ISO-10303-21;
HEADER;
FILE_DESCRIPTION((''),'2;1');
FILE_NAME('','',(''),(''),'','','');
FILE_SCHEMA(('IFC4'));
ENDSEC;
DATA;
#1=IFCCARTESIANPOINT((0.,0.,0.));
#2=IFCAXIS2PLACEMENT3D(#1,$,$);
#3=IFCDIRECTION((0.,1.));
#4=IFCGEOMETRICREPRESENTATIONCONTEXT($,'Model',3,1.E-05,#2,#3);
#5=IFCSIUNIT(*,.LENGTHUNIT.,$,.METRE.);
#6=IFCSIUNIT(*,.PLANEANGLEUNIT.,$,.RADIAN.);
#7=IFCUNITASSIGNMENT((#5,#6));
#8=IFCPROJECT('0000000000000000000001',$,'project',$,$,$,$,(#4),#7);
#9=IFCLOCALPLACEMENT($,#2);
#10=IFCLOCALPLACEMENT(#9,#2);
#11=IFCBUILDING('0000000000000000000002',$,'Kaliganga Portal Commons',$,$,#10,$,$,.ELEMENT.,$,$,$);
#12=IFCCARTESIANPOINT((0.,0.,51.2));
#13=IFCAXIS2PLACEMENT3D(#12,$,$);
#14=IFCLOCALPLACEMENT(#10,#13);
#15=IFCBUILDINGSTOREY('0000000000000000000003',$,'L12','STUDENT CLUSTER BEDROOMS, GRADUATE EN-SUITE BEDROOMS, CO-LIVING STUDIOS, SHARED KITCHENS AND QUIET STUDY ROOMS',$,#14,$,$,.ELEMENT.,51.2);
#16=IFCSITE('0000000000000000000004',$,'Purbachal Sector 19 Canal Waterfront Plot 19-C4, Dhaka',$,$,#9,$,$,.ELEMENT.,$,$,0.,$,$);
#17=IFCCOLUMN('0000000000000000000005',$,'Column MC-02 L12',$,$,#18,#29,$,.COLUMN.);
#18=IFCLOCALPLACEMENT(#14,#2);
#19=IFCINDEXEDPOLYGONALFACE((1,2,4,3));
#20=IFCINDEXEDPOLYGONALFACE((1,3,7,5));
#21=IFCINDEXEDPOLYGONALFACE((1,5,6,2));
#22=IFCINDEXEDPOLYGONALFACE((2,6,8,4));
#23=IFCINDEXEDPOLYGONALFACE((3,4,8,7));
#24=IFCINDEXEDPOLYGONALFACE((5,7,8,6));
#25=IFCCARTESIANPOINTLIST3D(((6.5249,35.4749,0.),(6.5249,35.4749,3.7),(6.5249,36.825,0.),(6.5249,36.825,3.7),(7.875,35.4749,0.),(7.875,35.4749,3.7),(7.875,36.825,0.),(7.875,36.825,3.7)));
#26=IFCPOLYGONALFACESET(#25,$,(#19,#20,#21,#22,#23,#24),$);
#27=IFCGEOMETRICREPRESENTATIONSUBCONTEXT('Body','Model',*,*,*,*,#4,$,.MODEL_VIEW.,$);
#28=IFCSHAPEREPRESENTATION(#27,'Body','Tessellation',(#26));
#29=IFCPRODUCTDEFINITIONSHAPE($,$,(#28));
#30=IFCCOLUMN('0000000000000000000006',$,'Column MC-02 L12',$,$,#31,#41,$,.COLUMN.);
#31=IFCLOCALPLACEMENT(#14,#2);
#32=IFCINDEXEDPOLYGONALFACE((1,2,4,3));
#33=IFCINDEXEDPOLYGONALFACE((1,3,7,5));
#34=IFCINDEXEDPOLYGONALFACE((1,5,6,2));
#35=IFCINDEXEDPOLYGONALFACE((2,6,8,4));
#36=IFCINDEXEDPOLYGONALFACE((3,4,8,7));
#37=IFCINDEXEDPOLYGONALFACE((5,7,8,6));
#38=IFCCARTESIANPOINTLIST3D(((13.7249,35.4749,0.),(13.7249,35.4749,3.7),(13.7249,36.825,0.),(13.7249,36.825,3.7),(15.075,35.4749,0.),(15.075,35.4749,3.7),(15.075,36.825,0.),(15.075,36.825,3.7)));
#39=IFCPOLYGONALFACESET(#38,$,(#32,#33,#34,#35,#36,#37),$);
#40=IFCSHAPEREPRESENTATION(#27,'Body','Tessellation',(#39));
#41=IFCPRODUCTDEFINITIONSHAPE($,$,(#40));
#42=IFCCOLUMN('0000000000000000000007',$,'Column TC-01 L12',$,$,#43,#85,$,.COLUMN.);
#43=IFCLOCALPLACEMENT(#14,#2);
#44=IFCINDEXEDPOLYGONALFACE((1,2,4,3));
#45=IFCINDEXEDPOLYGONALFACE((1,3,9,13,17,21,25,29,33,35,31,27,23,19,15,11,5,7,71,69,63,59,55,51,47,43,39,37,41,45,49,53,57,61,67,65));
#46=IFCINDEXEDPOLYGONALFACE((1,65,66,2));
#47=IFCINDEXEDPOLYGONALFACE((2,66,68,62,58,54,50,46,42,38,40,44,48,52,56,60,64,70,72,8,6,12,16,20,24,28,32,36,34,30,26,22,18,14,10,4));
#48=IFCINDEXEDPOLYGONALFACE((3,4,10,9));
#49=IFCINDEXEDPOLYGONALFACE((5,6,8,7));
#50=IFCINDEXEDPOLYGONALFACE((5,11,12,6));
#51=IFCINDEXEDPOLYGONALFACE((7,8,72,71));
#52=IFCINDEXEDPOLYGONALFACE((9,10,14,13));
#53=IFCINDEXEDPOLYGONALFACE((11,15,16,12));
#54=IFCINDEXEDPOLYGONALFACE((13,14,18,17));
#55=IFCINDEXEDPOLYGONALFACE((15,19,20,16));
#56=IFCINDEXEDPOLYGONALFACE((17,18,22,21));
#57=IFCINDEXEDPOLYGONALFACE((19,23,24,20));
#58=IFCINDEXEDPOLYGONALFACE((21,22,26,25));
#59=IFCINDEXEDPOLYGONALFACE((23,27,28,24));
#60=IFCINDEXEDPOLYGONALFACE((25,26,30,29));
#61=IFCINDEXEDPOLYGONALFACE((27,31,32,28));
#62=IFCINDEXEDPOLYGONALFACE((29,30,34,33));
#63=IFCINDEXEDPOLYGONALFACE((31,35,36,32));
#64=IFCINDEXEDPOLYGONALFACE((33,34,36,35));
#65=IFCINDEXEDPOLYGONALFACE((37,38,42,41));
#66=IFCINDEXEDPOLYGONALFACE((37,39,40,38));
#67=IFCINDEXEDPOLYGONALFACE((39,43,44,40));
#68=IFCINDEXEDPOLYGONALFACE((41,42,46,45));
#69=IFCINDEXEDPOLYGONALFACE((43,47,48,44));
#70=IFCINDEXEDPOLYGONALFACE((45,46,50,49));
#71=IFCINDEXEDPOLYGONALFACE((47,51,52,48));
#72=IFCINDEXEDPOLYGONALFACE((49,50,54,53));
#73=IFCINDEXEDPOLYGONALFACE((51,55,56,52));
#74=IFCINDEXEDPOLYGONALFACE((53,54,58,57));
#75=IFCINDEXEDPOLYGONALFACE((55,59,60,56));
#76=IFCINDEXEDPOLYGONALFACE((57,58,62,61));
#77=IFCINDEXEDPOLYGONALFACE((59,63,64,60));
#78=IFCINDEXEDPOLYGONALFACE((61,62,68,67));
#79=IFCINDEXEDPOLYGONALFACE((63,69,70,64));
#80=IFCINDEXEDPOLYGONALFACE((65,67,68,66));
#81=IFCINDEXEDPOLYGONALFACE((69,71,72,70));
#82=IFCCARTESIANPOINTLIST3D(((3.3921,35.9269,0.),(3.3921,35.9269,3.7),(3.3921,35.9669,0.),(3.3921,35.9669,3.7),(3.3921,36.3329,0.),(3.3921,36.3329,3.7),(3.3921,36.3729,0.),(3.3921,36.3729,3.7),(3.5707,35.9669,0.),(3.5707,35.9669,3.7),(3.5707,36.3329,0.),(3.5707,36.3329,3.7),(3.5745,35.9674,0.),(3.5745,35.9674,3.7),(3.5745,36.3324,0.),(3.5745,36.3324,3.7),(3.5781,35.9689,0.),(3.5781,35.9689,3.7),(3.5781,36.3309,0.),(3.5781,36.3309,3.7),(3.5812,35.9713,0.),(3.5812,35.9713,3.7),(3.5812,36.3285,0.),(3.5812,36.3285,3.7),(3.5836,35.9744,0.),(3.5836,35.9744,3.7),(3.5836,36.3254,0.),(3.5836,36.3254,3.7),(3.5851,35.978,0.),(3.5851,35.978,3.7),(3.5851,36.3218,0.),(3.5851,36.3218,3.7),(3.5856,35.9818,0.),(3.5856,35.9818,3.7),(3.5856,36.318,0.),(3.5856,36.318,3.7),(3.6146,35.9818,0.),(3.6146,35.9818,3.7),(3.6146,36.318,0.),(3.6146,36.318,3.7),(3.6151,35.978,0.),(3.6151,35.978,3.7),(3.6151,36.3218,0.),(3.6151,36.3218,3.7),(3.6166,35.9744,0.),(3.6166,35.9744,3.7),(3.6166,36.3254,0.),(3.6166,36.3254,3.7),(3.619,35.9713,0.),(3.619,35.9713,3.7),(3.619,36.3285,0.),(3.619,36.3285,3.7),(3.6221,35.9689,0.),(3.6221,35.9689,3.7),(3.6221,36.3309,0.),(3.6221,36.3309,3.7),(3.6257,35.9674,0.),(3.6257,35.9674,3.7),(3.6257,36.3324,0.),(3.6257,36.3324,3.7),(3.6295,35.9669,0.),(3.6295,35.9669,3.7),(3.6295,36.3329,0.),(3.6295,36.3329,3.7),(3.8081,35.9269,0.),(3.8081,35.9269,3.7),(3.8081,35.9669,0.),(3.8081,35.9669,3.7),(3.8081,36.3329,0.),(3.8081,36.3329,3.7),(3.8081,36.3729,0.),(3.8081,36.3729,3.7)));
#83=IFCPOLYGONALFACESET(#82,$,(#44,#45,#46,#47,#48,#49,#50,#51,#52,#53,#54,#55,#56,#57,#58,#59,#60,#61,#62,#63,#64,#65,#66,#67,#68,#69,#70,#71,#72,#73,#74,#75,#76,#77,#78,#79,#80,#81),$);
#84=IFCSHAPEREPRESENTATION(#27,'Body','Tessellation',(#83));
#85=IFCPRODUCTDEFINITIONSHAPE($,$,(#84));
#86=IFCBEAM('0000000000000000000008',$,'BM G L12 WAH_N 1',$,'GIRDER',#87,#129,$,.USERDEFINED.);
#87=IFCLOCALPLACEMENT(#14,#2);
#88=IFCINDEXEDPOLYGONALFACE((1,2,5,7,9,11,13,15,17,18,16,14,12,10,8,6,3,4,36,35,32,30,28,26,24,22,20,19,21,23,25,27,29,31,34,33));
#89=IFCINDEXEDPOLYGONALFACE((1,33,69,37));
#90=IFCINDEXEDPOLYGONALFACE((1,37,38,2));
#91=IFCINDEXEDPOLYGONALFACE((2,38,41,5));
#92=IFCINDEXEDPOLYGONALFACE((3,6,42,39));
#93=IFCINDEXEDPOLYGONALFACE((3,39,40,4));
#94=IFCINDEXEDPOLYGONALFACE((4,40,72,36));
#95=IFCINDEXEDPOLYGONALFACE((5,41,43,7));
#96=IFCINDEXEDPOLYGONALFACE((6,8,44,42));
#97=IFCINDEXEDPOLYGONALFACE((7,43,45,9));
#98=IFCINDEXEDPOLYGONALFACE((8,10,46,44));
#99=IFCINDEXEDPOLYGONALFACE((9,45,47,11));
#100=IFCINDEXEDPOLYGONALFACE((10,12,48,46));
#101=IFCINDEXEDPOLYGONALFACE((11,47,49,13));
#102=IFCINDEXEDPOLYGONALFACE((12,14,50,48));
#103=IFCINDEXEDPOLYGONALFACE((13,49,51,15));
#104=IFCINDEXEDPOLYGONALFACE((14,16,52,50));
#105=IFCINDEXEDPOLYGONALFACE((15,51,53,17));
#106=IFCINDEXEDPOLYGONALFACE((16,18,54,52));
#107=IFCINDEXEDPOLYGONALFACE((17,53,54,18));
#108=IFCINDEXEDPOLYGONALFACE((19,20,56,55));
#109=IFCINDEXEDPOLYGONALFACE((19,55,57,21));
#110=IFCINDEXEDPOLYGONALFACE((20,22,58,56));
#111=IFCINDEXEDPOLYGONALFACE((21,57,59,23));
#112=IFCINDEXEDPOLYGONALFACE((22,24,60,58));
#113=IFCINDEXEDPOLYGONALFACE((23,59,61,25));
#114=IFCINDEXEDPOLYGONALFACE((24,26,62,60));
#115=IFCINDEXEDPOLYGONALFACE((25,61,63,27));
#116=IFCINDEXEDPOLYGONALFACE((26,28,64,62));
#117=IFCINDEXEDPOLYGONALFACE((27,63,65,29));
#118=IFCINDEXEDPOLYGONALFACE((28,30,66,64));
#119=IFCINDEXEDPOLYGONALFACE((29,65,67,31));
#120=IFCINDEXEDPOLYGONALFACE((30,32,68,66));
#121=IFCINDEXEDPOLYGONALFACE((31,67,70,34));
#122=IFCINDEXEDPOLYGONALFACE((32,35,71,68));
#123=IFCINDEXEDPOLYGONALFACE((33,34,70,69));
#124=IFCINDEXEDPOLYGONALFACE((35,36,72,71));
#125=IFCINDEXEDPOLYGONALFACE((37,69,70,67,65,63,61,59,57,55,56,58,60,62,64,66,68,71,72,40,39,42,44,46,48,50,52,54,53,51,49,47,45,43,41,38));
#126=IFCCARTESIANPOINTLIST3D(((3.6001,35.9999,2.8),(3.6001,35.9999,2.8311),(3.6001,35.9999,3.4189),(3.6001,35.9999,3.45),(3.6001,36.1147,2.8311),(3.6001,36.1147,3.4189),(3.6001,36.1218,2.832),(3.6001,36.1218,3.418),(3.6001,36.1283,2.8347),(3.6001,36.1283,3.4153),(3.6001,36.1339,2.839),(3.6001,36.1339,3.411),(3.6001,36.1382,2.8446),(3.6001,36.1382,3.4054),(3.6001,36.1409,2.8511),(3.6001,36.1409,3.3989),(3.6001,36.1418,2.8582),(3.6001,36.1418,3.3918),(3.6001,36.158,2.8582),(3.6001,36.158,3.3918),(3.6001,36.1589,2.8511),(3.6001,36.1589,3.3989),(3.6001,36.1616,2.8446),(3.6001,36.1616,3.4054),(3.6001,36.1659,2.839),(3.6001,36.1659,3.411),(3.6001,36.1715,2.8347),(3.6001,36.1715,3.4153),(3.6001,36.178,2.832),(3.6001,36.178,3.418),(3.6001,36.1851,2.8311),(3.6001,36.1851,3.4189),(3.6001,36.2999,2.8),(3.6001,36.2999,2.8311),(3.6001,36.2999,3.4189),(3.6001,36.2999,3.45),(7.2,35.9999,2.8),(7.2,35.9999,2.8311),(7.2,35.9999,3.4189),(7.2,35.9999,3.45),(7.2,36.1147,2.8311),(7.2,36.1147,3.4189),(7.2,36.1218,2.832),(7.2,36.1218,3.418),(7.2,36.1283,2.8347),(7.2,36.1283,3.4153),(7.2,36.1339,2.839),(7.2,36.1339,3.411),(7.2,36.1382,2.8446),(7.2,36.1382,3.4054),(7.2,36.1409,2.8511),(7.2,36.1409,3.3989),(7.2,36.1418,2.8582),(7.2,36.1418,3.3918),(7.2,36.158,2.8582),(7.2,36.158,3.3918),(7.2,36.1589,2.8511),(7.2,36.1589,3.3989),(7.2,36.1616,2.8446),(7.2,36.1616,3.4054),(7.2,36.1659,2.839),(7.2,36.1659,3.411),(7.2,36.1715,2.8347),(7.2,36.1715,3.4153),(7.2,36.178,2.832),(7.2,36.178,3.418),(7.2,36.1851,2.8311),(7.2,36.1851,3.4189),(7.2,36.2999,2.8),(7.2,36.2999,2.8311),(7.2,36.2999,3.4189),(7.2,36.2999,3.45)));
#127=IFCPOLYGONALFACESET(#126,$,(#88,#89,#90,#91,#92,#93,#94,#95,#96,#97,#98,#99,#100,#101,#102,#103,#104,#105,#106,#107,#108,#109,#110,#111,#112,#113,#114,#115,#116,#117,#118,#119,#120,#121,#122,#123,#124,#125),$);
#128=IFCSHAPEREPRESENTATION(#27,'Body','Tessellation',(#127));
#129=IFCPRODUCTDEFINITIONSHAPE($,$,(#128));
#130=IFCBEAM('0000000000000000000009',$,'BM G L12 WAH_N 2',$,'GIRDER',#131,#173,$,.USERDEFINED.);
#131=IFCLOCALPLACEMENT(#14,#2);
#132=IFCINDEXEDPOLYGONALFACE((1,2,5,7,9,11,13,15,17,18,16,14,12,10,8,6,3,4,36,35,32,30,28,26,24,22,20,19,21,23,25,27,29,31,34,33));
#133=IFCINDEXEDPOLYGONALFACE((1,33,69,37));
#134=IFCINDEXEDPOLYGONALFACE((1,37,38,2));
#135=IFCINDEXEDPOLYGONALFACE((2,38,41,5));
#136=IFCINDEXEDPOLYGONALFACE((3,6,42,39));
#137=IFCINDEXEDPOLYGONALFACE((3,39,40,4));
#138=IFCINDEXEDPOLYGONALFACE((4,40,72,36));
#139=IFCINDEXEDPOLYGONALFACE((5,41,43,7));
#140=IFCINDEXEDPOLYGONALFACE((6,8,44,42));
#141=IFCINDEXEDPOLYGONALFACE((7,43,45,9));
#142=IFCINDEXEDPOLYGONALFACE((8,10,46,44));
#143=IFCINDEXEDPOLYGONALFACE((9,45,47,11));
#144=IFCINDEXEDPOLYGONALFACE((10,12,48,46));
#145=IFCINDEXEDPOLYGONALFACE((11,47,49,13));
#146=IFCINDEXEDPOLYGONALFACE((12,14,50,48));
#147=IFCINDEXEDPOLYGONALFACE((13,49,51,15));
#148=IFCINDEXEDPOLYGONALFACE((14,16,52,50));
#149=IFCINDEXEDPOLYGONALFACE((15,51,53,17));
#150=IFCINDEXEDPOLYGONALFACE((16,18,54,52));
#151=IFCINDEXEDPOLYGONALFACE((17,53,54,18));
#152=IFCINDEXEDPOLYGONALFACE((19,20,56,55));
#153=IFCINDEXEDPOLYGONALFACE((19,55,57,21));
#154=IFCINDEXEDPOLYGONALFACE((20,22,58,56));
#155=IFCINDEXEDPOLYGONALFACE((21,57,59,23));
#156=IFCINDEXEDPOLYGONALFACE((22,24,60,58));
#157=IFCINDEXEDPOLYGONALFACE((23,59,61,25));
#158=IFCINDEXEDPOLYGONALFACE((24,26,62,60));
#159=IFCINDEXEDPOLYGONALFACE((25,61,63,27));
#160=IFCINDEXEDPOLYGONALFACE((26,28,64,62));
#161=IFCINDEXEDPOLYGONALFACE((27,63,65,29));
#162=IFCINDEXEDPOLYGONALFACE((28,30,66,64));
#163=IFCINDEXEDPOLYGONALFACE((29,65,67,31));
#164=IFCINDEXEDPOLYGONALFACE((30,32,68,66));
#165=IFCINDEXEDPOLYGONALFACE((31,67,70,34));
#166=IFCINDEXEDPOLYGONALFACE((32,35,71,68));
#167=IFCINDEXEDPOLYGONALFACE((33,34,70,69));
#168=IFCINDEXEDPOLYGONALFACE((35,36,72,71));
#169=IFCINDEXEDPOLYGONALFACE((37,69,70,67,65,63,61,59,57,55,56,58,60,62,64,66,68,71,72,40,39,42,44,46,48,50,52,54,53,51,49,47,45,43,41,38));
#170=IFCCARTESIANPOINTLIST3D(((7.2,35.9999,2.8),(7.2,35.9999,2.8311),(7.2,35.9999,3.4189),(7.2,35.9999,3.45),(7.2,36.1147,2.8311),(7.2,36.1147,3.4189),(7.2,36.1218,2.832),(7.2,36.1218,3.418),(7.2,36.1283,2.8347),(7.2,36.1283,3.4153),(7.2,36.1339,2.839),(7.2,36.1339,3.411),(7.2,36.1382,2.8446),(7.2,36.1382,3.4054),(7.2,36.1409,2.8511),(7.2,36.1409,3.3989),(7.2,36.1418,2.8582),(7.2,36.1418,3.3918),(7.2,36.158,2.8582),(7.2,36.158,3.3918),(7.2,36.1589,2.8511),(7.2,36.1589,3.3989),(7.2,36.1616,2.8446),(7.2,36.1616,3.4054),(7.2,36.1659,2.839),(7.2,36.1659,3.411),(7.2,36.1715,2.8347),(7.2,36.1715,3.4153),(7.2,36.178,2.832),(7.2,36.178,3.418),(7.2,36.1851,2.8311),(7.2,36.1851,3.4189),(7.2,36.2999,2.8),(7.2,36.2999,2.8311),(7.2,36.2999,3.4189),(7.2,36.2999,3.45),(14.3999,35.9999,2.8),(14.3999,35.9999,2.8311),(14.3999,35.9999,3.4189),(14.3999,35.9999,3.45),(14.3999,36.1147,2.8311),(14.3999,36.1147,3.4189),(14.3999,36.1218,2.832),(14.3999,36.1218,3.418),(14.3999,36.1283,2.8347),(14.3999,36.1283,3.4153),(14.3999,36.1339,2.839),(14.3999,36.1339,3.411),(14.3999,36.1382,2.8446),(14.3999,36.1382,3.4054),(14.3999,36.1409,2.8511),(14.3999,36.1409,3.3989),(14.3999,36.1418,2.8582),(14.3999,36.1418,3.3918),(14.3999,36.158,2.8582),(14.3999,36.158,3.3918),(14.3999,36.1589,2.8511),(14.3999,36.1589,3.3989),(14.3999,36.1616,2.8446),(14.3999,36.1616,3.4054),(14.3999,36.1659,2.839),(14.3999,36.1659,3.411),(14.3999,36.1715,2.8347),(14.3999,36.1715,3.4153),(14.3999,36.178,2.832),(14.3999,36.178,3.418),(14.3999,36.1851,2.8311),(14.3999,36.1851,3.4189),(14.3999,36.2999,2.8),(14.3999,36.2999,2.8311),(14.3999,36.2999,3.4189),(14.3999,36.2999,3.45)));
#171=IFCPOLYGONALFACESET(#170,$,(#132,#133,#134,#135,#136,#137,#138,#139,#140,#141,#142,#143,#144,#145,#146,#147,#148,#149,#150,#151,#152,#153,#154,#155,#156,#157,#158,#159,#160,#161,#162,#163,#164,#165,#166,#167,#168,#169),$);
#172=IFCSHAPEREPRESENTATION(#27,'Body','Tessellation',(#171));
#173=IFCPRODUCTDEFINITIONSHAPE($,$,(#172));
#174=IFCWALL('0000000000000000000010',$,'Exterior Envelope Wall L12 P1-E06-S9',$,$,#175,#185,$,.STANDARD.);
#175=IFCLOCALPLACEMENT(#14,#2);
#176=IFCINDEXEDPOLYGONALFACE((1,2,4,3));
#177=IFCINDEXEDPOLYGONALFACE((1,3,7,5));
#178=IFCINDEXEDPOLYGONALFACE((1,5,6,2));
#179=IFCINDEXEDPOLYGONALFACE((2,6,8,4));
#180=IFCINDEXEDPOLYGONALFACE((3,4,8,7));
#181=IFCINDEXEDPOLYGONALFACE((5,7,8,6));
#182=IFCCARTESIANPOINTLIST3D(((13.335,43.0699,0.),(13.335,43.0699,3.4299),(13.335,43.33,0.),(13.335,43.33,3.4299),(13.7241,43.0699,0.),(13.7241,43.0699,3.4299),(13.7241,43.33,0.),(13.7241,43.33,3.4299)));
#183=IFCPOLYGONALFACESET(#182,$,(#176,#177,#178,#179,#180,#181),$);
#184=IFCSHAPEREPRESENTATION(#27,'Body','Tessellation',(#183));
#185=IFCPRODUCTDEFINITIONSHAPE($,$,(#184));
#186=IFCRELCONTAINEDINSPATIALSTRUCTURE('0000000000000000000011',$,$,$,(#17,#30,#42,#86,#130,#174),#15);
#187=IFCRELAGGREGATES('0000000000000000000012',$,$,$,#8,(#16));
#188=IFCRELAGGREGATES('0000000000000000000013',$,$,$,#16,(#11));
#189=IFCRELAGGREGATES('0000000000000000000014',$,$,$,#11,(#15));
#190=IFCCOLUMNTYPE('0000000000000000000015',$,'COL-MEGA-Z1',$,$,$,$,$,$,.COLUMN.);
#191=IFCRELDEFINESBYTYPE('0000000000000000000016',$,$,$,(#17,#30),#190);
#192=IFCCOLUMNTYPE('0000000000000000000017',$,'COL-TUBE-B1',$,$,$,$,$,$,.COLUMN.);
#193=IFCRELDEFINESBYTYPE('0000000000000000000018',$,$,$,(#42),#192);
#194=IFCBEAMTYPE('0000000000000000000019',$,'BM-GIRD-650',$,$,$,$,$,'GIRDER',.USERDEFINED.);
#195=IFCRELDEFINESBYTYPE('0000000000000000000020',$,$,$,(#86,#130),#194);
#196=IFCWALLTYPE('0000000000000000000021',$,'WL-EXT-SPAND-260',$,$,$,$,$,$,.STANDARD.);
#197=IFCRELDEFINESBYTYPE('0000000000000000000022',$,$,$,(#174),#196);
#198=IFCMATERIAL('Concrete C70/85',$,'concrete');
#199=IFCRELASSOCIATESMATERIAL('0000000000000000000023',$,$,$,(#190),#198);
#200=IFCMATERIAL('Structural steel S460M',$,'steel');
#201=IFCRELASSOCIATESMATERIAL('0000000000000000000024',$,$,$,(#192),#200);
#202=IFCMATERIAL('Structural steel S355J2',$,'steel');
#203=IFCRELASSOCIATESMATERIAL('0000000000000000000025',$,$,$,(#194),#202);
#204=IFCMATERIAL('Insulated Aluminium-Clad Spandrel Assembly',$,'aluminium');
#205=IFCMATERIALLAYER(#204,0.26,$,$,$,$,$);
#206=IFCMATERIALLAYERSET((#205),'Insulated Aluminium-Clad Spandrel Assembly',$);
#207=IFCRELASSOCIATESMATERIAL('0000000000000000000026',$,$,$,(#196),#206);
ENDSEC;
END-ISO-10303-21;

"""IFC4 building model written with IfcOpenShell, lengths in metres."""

from ifc_helpers import new_model, si_unit, direction, frame, frame_2d, origin, origin_2d, place, context, subcontext, project, spatial, rectangle, i_section, extrude, source, transform, mapped, material, layer, layer_set, material_profile, profile_set, type_object, element, save


model = new_model("IFC4")

# Units and contexts
model_context = context("Model", 3, precision=1e-05, world=origin(), true_north=direction((0.0, 1.0)))
body_context = subcontext(model_context, "Body", "Model", "MODEL_VIEW")
ifc_project = project(units=[si_unit("LENGTHUNIT", "METRE"), si_unit("PLANEANGLEUNIT", "RADIAN")], contexts=[model_context])

# Site, building, storey
site_placement = place(None, origin())
site = spatial("IfcSite", under=ifc_project, at=site_placement, Name="Purbachal Sector 19 Canal Waterfront Plot 19-C4, Dhaka", CompositionType="ELEMENT", RefElevation=0.0)
building_placement = place(site_placement, origin())
building = spatial("IfcBuilding", under=site, at=building_placement, Name="Kaliganga Portal Commons", CompositionType="ELEMENT")
storey_placement = place(building_placement, frame((0.0, 0.0, 51.2)))
storey = spatial("IfcBuildingStorey", under=building, at=storey_placement, Name="L12", Description="STUDENT CLUSTER BEDROOMS, GRADUATE EN-SUITE BEDROOMS, CO-LIVING STUDIOS, SHARED KITCHENS AND QUIET STUDY ROOMS", CompositionType="ELEMENT", Elevation=51.2)

# Columns
ifc_material_1 = material(Name="Concrete C70/85", Category="concrete")
ifc_material_profile_1 = material_profile(ifc_material_1, rectangle(XDim=1.3501, YDim=1.3501, at=origin_2d()), Name="RC 1350x1350")
ifc_profile_set_1 = profile_set([ifc_material_profile_1], Name="Concrete C70/85")
column_type_1 = type_object("IfcColumnType", Name="COL-MEGA-Z1", PredefinedType="COLUMN", material=ifc_profile_set_1)
shared_shape_1 = source(origin(), body_context, "Body", "SweptSolid", [
    extrude(rectangle(XDim=1.3501, YDim=1.3501, at=origin_2d()), origin(), (0.0, 0.0, 1.0), 3.7),
])
for number, where, z_axis, x_axis, name in (
    (1, (7.2, 36.1499, 0.0), (0.0, 0.0, 1.0), (1.0, 0.0, 0.0), "Column MC-02 L12"),
    (2, (14.3999, 36.1499, 0.0), (0.0, 0.0, 1.0), (1.0, 0.0, 0.0), "Column MC-02 L12"),
):
    element("IfcColumn", number, at=place(storey_placement, frame(where, z_axis=z_axis, x_axis=x_axis)), inside=storey, type_object=column_type_1, Name=name, PredefinedType="COLUMN", context=body_context, shape_type="MappedRepresentation", body=[
        mapped(shared_shape_1, transform((0.0, 0.0, 0.0), x_axis=(1.0, 0.0, 0.0), y_axis=(0.0, 1.0, 0.0), z_axis=(0.0, 0.0, 1.0), scale=1.0)),
    ])
ifc_material_2 = material(Name="Structural steel S460M", Category="steel")
ifc_material_profile_2 = material_profile(ifc_material_2, i_section(OverallWidth=0.416, OverallDepth=0.446, WebThickness=0.0291, FlangeThickness=0.04, FilletRadius=0.0149, at=origin_2d()), Name="HD 400x509")
ifc_profile_set_2 = profile_set([ifc_material_profile_2], Name="Structural steel S460M wide-flange")
column_type_2 = type_object("IfcColumnType", Name="COL-TUBE-B1", PredefinedType="COLUMN", material=ifc_profile_set_2)
shared_shape_2 = source(origin(), body_context, "Body", "SweptSolid", [
    extrude(i_section(OverallWidth=0.416, OverallDepth=0.446, WebThickness=0.0291, FlangeThickness=0.04, FilletRadius=0.0149, at=origin_2d()), origin(), (0.0, 0.0, 1.0), 3.7),
])
column_placement = place(storey_placement, frame((3.6001, 36.1499, 0.0), z_axis=(0.0, 0.0, 1.0), x_axis=(1.0, 0.0, 0.0)))
element("IfcColumn", 3, at=column_placement, inside=storey, type_object=column_type_2, Name="Column TC-01 L12", PredefinedType="COLUMN", context=body_context, shape_type="MappedRepresentation", body=[
    mapped(shared_shape_2, transform((0.0, 0.0, 0.0), x_axis=(1.0, 0.0, 0.0), y_axis=(0.0, 1.0, 0.0), z_axis=(0.0, 0.0, 1.0), scale=1.0)),
])

# Beams
ifc_material_3 = material(Name="Structural steel S355J2", Category="steel")
ifc_material_profile_3 = material_profile(ifc_material_3, i_section(OverallWidth=0.3, OverallDepth=0.6499, WebThickness=0.0161, FlangeThickness=0.031, FilletRadius=0.0271, at=origin_2d()), Name="HE 650 B")
ifc_profile_set_3 = profile_set([ifc_material_profile_3], Name="Structural steel S355J2 wide-flange")
beam_type = type_object("IfcBeamType", Name="BM-GIRD-650", ElementType="GIRDER", PredefinedType="USERDEFINED", material=ifc_profile_set_3)
shared_shape_3 = source(origin(), body_context, "Body", "SweptSolid", [
    extrude(i_section(OverallWidth=0.3, OverallDepth=0.6499, WebThickness=0.0161, FlangeThickness=0.031, FilletRadius=0.0271, at=origin_2d()), origin(), (0.0, 0.0, 1.0), 3.5999),
])
beam_1_placement = place(storey_placement, frame((3.6001, 36.1499, 3.125), z_axis=(1.0, 0.0, 0.0), x_axis=(0.0, 1.0, 0.0)))
element("IfcBeam", 4, at=beam_1_placement, inside=storey, type_object=beam_type, Name="BM G L12 WAH_N 1", ObjectType="GIRDER", PredefinedType="USERDEFINED", context=body_context, shape_type="MappedRepresentation", body=[
    mapped(shared_shape_3, transform((0.0, 0.0, 0.0), x_axis=(1.0, 0.0, 0.0), y_axis=(0.0, 1.0, 0.0), z_axis=(0.0, 0.0, 1.0), scale=1.0)),
])
shared_shape_4 = source(origin(), body_context, "Body", "SweptSolid", [
    extrude(i_section(OverallWidth=0.3, OverallDepth=0.6499, WebThickness=0.0161, FlangeThickness=0.031, FilletRadius=0.0271, at=origin_2d()), origin(), (0.0, 0.0, 1.0), 7.2),
])
beam_2_placement = place(storey_placement, frame((7.2, 36.1499, 3.125), z_axis=(1.0, 0.0, 0.0), x_axis=(0.0, 1.0, 0.0)))
element("IfcBeam", 5, at=beam_2_placement, inside=storey, type_object=beam_type, Name="BM G L12 WAH_N 2", ObjectType="GIRDER", PredefinedType="USERDEFINED", context=body_context, shape_type="MappedRepresentation", body=[
    mapped(shared_shape_4, transform((0.0, 0.0, 0.0), x_axis=(1.0, 0.0, 0.0), y_axis=(0.0, 1.0, 0.0), z_axis=(0.0, 0.0, 1.0), scale=1.0)),
])

# Wall
ifc_material_4 = material(Name="Insulated Aluminium-Clad Spandrel Assembly", Category="aluminium")
ifc_layer_1 = layer(ifc_material_4, 0.26)
ifc_layer_set_1 = layer_set([ifc_layer_1], Name="Insulated Aluminium-Clad Spandrel Assembly")
wall_type_1 = type_object("IfcWallType", Name="WL-EXT-SPAND-260", PredefinedType="STANDARD", material=ifc_layer_set_1)
wall_1_placement = place(storey_placement, frame((13.335, 43.2, 0.0), z_axis=(0.0, 0.0, 1.0), x_axis=(1.0, 0.0, 0.0)))
element("IfcWall", 6, at=wall_1_placement, inside=storey, type_object=wall_type_1, Name="Exterior Envelope Wall L12 P1-E06-S9", PredefinedType="STANDARD", context=body_context, shape_type="SweptSolid", body=[
    extrude(rectangle(XDim=0.3892, YDim=0.26, at=frame_2d((0.1946, 0.0))), origin(), (0.0, 0.0, 1.0), 3.4299),
])

save(model, "model.ifc")
